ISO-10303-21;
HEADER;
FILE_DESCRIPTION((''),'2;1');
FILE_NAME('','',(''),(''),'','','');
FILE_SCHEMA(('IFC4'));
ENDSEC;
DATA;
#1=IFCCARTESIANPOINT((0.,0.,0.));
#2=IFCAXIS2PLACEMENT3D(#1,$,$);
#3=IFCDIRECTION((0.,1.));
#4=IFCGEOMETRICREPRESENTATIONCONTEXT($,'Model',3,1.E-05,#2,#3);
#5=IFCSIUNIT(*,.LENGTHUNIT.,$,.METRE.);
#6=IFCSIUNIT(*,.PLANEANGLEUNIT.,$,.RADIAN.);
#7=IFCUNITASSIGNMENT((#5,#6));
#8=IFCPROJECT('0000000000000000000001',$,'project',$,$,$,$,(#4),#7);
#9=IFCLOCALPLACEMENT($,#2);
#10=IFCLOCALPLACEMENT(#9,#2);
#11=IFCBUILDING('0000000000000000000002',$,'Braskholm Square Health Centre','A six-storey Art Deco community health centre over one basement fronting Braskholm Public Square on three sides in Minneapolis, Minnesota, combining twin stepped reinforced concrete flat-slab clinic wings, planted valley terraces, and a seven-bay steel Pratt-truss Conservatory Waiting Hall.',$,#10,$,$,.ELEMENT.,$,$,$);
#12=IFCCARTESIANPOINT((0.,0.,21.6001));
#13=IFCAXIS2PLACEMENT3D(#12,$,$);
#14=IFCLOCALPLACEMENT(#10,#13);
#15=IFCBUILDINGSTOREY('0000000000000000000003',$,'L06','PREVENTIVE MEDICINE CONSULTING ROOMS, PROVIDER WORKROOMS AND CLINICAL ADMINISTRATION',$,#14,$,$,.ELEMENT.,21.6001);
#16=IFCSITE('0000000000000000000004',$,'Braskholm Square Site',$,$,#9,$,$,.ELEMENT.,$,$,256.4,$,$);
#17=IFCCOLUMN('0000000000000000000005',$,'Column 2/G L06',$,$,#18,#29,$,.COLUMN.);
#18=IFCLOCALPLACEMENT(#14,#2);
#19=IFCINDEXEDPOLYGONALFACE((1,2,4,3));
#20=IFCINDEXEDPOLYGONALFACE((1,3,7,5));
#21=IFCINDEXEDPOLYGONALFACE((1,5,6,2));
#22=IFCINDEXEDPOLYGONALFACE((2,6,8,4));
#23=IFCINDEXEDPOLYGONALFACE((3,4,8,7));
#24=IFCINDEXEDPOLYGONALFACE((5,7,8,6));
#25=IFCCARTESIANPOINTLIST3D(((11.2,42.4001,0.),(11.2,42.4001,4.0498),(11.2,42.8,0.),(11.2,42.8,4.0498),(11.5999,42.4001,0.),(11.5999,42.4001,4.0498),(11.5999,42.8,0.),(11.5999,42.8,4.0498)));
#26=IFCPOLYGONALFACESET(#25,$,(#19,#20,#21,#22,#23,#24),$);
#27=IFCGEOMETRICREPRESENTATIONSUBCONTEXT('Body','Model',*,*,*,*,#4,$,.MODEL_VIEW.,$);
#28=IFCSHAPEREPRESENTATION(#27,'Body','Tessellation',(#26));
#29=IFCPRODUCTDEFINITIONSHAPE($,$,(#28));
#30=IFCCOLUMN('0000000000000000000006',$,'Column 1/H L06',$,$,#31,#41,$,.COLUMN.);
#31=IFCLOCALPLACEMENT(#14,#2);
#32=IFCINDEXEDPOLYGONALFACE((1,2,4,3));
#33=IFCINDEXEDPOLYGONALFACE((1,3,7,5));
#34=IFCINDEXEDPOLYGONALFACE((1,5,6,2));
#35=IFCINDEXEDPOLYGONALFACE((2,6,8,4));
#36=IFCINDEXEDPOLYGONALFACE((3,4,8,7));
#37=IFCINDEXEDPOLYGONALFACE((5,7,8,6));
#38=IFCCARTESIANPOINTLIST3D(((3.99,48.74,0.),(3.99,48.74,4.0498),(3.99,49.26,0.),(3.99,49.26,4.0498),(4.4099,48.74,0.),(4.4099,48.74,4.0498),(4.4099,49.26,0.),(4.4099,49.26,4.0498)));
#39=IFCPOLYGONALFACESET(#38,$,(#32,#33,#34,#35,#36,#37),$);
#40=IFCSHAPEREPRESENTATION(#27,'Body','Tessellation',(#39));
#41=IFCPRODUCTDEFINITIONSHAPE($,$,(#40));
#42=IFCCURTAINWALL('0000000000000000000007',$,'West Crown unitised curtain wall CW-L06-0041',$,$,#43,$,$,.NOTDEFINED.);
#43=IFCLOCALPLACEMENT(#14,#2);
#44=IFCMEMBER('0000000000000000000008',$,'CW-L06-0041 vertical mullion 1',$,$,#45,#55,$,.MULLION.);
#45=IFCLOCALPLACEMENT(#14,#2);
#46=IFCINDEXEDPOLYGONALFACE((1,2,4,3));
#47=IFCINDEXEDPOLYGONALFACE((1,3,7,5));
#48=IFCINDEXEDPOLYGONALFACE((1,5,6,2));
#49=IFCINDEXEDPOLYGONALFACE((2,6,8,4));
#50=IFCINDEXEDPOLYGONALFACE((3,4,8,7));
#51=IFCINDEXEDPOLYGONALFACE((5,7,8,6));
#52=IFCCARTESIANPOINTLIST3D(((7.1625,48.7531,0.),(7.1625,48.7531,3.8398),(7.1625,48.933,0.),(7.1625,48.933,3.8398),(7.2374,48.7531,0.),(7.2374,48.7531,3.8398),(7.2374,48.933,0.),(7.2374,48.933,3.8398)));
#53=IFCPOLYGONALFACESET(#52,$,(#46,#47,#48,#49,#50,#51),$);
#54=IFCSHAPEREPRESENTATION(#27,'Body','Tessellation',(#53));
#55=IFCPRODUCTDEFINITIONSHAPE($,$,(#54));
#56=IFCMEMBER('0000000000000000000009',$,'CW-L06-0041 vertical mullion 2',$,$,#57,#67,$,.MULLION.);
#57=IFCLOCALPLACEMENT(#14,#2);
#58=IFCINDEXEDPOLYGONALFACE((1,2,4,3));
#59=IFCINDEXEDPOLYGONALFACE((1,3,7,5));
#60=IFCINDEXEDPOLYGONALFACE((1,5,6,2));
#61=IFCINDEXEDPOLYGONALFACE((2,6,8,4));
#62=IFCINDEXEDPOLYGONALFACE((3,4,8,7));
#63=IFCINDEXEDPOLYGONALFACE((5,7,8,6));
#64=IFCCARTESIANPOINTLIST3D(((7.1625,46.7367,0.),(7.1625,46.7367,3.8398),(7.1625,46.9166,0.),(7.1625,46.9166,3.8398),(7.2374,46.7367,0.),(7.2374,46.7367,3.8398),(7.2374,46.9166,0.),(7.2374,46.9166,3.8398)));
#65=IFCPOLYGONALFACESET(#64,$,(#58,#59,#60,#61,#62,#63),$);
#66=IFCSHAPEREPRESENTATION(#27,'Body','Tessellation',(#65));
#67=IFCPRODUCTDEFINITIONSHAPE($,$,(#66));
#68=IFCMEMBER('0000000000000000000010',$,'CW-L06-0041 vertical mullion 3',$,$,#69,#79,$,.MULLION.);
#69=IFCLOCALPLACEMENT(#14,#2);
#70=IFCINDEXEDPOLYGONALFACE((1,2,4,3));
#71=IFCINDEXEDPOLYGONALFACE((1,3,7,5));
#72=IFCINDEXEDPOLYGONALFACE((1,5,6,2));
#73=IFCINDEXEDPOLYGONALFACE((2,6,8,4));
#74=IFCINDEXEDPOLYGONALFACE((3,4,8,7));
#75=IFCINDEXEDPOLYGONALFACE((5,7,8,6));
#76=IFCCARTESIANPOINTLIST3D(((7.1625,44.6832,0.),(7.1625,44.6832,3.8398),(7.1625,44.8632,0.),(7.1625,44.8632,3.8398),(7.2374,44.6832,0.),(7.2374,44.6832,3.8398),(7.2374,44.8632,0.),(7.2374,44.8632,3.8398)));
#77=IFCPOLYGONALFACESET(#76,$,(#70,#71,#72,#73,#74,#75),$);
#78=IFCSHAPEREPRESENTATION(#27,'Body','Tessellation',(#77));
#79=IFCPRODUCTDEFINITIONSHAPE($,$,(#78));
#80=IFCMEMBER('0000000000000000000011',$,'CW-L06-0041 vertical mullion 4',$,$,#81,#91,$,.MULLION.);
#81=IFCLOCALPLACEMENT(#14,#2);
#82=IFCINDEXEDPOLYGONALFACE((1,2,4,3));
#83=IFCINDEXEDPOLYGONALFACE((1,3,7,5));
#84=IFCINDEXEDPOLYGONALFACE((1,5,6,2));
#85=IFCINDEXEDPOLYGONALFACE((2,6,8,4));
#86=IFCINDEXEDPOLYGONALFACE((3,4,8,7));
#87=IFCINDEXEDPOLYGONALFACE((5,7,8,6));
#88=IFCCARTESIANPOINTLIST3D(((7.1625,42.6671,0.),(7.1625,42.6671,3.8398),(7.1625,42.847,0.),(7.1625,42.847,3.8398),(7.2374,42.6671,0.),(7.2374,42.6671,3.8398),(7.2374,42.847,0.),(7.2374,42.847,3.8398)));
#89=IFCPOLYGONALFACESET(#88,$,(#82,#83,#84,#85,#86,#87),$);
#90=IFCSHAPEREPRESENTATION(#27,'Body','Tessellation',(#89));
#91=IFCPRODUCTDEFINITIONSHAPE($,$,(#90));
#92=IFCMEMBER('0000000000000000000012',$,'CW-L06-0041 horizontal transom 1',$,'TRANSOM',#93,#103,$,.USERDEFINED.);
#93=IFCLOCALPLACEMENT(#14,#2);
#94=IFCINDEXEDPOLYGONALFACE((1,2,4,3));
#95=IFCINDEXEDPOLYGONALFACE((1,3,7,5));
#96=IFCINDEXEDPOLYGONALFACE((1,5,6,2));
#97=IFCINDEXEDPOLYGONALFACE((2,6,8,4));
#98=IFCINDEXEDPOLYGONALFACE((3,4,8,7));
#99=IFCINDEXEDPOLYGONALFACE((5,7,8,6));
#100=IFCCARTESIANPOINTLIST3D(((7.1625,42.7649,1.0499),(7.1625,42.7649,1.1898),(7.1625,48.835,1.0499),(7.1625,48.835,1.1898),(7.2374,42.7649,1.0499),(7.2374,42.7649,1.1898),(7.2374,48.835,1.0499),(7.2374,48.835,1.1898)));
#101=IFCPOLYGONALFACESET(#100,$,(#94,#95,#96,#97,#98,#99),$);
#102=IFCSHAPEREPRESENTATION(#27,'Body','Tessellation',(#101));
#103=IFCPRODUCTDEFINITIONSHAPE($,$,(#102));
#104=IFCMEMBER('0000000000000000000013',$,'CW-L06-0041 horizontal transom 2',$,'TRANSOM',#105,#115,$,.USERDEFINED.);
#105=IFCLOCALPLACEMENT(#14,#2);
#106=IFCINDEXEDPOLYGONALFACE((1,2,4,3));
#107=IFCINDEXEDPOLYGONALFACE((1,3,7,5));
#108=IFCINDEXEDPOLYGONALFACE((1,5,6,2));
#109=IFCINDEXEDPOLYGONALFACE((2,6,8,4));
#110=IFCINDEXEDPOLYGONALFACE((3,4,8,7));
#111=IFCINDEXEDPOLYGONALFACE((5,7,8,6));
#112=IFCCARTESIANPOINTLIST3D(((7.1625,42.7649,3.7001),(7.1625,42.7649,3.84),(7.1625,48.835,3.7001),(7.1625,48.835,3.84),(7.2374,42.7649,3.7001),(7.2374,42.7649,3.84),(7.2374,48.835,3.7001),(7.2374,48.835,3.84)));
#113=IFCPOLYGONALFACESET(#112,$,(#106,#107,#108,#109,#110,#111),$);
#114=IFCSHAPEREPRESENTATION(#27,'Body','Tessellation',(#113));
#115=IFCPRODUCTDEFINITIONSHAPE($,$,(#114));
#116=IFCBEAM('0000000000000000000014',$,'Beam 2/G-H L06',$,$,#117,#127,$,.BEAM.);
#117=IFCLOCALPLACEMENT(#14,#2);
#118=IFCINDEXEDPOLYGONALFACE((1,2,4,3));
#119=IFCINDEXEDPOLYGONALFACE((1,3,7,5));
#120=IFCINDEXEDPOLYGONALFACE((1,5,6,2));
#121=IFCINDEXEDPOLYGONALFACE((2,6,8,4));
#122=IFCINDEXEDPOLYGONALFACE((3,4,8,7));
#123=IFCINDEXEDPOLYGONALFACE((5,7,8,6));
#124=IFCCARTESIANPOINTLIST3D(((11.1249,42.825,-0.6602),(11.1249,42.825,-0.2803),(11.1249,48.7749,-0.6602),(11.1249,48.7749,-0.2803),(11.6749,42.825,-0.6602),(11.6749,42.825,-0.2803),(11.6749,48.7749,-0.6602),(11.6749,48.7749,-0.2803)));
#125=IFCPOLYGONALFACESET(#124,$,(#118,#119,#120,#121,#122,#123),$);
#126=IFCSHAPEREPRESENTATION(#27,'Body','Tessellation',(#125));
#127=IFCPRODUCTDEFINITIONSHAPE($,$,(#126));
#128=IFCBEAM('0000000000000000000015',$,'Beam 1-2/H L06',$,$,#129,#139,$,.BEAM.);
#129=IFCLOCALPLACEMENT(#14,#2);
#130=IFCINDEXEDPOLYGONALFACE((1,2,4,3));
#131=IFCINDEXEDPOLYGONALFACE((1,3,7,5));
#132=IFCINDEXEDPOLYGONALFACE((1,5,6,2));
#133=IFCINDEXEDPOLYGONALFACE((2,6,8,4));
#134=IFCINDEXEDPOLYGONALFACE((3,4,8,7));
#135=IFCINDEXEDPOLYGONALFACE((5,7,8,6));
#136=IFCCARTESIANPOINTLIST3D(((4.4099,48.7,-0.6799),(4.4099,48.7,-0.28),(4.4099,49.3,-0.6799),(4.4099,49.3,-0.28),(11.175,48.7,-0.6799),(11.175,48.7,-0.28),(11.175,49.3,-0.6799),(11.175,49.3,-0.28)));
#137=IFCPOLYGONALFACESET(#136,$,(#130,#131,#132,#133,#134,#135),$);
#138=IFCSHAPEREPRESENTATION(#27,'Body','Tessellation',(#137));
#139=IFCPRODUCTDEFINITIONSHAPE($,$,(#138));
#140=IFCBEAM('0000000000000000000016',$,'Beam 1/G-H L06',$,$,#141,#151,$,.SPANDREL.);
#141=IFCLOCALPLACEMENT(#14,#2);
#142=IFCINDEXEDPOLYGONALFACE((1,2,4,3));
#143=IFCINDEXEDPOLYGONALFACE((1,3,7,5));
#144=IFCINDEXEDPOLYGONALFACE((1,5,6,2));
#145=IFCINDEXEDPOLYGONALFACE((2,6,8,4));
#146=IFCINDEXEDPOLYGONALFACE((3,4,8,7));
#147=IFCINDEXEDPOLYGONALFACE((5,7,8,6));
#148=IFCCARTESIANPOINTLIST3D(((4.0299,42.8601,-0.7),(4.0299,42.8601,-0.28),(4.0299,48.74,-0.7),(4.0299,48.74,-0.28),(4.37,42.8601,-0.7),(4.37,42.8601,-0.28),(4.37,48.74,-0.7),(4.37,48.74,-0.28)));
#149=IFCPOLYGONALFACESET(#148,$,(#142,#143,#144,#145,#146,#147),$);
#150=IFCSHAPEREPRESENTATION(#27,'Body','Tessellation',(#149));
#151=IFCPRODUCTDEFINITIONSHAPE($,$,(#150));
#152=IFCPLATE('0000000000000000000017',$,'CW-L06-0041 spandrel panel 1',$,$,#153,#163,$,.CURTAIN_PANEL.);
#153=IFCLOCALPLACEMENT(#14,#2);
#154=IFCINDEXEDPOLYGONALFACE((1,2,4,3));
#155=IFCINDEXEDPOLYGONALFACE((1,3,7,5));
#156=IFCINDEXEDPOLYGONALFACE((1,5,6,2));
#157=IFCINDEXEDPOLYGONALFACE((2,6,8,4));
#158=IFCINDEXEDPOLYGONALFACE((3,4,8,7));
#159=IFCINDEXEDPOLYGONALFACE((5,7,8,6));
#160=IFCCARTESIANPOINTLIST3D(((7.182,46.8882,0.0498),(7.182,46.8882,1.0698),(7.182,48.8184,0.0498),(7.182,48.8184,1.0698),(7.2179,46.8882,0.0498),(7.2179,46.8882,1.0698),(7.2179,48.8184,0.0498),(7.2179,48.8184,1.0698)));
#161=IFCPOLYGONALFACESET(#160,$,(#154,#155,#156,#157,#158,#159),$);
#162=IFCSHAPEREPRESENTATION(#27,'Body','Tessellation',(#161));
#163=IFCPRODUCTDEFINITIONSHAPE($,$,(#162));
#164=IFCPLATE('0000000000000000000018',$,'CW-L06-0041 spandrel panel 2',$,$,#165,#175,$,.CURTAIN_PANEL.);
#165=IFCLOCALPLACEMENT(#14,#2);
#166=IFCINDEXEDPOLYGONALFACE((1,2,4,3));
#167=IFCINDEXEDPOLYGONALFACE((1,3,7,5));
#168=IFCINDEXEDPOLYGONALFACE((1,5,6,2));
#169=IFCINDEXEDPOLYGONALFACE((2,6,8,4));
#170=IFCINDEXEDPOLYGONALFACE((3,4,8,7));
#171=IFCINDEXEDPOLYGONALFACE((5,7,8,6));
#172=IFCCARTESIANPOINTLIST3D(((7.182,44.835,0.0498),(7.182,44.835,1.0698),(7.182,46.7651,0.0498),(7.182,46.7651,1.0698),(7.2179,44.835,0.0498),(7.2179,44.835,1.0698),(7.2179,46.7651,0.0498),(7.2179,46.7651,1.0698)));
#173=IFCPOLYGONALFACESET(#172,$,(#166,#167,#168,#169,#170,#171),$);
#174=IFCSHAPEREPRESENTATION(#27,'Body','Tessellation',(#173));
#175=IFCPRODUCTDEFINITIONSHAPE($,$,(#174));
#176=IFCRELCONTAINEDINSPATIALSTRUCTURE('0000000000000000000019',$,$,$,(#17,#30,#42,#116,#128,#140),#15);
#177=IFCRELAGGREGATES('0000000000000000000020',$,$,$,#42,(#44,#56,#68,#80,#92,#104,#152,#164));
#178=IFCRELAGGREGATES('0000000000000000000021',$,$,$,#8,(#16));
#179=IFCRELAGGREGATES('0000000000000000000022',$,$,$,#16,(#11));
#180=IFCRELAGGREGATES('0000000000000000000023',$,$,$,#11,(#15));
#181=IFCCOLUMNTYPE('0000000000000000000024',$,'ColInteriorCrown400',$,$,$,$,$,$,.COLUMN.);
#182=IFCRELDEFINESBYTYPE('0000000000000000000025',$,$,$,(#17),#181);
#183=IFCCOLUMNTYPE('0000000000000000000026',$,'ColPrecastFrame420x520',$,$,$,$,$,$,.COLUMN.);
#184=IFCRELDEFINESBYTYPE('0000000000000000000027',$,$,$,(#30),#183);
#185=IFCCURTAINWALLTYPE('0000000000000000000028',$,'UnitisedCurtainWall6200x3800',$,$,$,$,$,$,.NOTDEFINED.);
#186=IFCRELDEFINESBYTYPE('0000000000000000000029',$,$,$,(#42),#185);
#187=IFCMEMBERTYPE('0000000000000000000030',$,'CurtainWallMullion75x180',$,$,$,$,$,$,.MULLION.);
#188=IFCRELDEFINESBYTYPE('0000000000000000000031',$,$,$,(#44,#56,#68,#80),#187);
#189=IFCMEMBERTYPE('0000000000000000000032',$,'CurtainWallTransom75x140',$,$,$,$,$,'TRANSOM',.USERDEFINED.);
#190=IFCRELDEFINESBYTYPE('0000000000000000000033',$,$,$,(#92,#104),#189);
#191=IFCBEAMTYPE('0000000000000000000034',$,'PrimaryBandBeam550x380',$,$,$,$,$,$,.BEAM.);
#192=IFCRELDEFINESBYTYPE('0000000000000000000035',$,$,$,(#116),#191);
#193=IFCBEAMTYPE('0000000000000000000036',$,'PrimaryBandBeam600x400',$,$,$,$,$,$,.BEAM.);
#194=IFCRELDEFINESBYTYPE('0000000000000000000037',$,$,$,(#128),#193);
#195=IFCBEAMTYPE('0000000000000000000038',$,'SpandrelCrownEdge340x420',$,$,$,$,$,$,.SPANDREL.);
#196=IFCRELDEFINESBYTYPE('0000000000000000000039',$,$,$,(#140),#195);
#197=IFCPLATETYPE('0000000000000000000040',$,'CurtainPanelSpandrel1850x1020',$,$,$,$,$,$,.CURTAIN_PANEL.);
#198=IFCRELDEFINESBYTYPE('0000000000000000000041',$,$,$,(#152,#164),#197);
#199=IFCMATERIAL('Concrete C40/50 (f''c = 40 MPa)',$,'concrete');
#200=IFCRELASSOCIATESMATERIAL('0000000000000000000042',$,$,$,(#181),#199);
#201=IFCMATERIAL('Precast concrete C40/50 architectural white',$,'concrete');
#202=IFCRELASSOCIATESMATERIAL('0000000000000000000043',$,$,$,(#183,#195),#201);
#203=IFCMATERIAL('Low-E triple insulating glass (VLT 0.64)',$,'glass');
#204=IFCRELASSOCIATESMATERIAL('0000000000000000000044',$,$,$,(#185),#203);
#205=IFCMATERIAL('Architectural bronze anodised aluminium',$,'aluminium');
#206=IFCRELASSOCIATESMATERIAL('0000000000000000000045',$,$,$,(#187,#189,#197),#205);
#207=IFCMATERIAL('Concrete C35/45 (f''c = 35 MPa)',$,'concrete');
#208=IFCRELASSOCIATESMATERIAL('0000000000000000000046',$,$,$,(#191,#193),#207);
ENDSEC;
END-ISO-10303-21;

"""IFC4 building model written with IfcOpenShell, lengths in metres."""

from ifc_helpers import new_model, si_unit, direction, frame, origin, origin_2d, place, context, subcontext, project, spatial, rectangle, extrude, material, material_profile, profile_set, type_object, element, aggregate, save


model = new_model("IFC4")

# Units and contexts
model_context = context("Model", 3, precision=1e-05, world=origin(), true_north=direction((0.0, 1.0)))
body_context = subcontext(model_context, "Body", "Model", "MODEL_VIEW")
ifc_project = project(units=[si_unit("LENGTHUNIT", "METRE"), si_unit("PLANEANGLEUNIT", "RADIAN")], contexts=[model_context])

# Site, building, storey
site_placement = place(None, origin())
site = spatial("IfcSite", under=ifc_project, at=site_placement, Name="Braskholm Square Site", CompositionType="ELEMENT", RefElevation=256.4)
building_placement = place(site_placement, origin())
building = spatial("IfcBuilding", under=site, at=building_placement, Name="Braskholm Square Health Centre", Description="A six-storey Art Deco community health centre over one basement fronting Braskholm Public Square on three sides in Minneapolis, Minnesota, combining twin stepped reinforced concrete flat-slab clinic wings, planted valley terraces, and a seven-bay steel Pratt-truss Conservatory Waiting Hall.", CompositionType="ELEMENT")
storey_placement = place(building_placement, frame((0.0, 0.0, 21.6001)))
storey = spatial("IfcBuildingStorey", under=building, at=storey_placement, Name="L06", Description="PREVENTIVE MEDICINE CONSULTING ROOMS, PROVIDER WORKROOMS AND CLINICAL ADMINISTRATION", CompositionType="ELEMENT", Elevation=21.6001)

# Columns
ifc_material_1 = material(Name="Concrete C40/50 (f'c = 40 MPa)", Category="concrete")
ifc_material_profile_1 = material_profile(ifc_material_1, rectangle(XDim=0.3999, YDim=0.3999, at=origin_2d()), Name="RC-400X400")
ifc_profile_set_1 = profile_set([ifc_material_profile_1], Name="Concrete C40/50 (f'c = 40 MPa)")
column_type_1 = type_object("IfcColumnType", Name="ColInteriorCrown400", PredefinedType="COLUMN", material=ifc_profile_set_1)
column_1_placement = place(storey_placement, frame((11.3999, 42.6001, 0.0), z_axis=(0.0, 0.0, 1.0), x_axis=(1.0, 0.0, 0.0)))
element("IfcColumn", 1, at=column_1_placement, inside=storey, type_object=column_type_1, Name="Column 2/G L06", PredefinedType="COLUMN", context=body_context, shape_type="SweptSolid", body=[
    extrude(rectangle(XDim=0.3999, YDim=0.3999, at=origin_2d()), origin(), (0.0, 0.0, 1.0), 4.0498),
])
ifc_material_2 = material(Name="Precast concrete C40/50 architectural white", Category="concrete")
ifc_material_profile_2 = material_profile(ifc_material_2, rectangle(XDim=0.4199, YDim=0.52, at=origin_2d()), Name="RC-420X520")
ifc_profile_set_2 = profile_set([ifc_material_profile_2], Name="Precast concrete C40/50 architectural white")
column_type_2 = type_object("IfcColumnType", Name="ColPrecastFrame420x520", PredefinedType="COLUMN", material=ifc_profile_set_2)
column_2_placement = place(storey_placement, frame((4.2, 49.0, 0.0), z_axis=(0.0, 0.0, 1.0), x_axis=(1.0, 0.0, 0.0)))
element("IfcColumn", 2, at=column_2_placement, inside=storey, type_object=column_type_2, Name="Column 1/H L06", PredefinedType="COLUMN", context=body_context, shape_type="SweptSolid", body=[
    extrude(rectangle(XDim=0.4199, YDim=0.52, at=origin_2d()), origin(), (0.0, 0.0, 1.0), 4.0498),
])

# Curtain wall, members
ifc_material_3 = material(Name="Low-E triple insulating glass (VLT 0.64)", Category="glass")
curtain_wall_type = type_object("IfcCurtainWallType", Name="UnitisedCurtainWall6200x3800", PredefinedType="NOTDEFINED", material=ifc_material_3)
curtain_wall_placement = place(storey_placement, origin())
curtain_wall = element("IfcCurtainWall", 3, at=curtain_wall_placement, inside=storey, type_object=curtain_wall_type, Name="West Crown unitised curtain wall CW-L06-0041", PredefinedType="NOTDEFINED")
ifc_material_4 = material(Name="Architectural bronze anodised aluminium", Category="aluminium")
ifc_material_profile_3 = material_profile(ifc_material_4, rectangle(XDim=0.075, YDim=0.1799, at=origin_2d()), Name="ALU-75X180")
ifc_profile_set_3 = profile_set([ifc_material_profile_3], Name="Architectural bronze anodised aluminium")
member_type_1 = type_object("IfcMemberType", Name="CurtainWallMullion75x180", PredefinedType="MULLION", material=ifc_profile_set_3)
member_1_placement = place(storey_placement, frame((7.2, 48.843, 0.0), z_axis=(0.0, 0.0, 1.0), x_axis=(1.0, 0.0, 0.0)))
member_1 = element("IfcMember", 4, at=member_1_placement, type_object=member_type_1, Name="CW-L06-0041 vertical mullion 1", PredefinedType="MULLION", context=body_context, shape_type="SweptSolid", body=[
    extrude(rectangle(XDim=0.075, YDim=0.1799, at=origin_2d()), origin(), (0.0, 0.0, 1.0), 3.8398),
])
member_2_placement = place(storey_placement, frame((7.2, 46.8267, 0.0), z_axis=(0.0, 0.0, 1.0), x_axis=(1.0, 0.0, 0.0)))
member_2 = element("IfcMember", 5, at=member_2_placement, type_object=member_type_1, Name="CW-L06-0041 vertical mullion 2", PredefinedType="MULLION", context=body_context, shape_type="SweptSolid", body=[
    extrude(rectangle(XDim=0.075, YDim=0.1799, at=origin_2d()), origin(), (0.0, 0.0, 1.0), 3.8398),
])
member_3_placement = place(storey_placement, frame((7.2, 44.7732, 0.0), z_axis=(0.0, 0.0, 1.0), x_axis=(1.0, 0.0, 0.0)))
member_3 = element("IfcMember", 6, at=member_3_placement, type_object=member_type_1, Name="CW-L06-0041 vertical mullion 3", PredefinedType="MULLION", context=body_context, shape_type="SweptSolid", body=[
    extrude(rectangle(XDim=0.075, YDim=0.1799, at=origin_2d()), origin(), (0.0, 0.0, 1.0), 3.8398),
])
member_4_placement = place(storey_placement, frame((7.2, 42.7571, 0.0), z_axis=(0.0, 0.0, 1.0), x_axis=(1.0, 0.0, 0.0)))
member_4 = element("IfcMember", 7, at=member_4_placement, type_object=member_type_1, Name="CW-L06-0041 vertical mullion 4", PredefinedType="MULLION", context=body_context, shape_type="SweptSolid", body=[
    extrude(rectangle(XDim=0.075, YDim=0.1799, at=origin_2d()), origin(), (0.0, 0.0, 1.0), 3.8398),
])
ifc_material_profile_4 = material_profile(ifc_material_4, rectangle(XDim=0.075, YDim=0.1399, at=origin_2d()), Name="ALU-75X140")
ifc_profile_set_4 = profile_set([ifc_material_profile_4], Name="Architectural bronze anodised aluminium")
member_type_2 = type_object("IfcMemberType", Name="CurtainWallTransom75x140", ElementType="TRANSOM", PredefinedType="USERDEFINED", material=ifc_profile_set_4)
member_5_placement = place(storey_placement, frame((7.2, 48.835, 1.1199), z_axis=(0.0, -1.0, 0.0), x_axis=(1.0, 0.0, 0.0)))
member_5 = element("IfcMember", 8, at=member_5_placement, type_object=member_type_2, Name="CW-L06-0041 horizontal transom 1", ObjectType="TRANSOM", PredefinedType="USERDEFINED", context=body_context, shape_type="SweptSolid", body=[
    extrude(rectangle(XDim=0.075, YDim=0.1399, at=origin_2d()), origin(), (0.0, 0.0, 1.0), 6.0701),
])
member_6_placement = place(storey_placement, frame((7.2, 48.835, 3.77), z_axis=(0.0, -1.0, 0.0), x_axis=(1.0, 0.0, 0.0)))
member_6 = element("IfcMember", 9, at=member_6_placement, type_object=member_type_2, Name="CW-L06-0041 horizontal transom 2", ObjectType="TRANSOM", PredefinedType="USERDEFINED", context=body_context, shape_type="SweptSolid", body=[
    extrude(rectangle(XDim=0.075, YDim=0.1399, at=origin_2d()), origin(), (0.0, 0.0, 1.0), 6.0701),
])

# Beams
ifc_material_5 = material(Name="Concrete C35/45 (f'c = 35 MPa)", Category="concrete")
ifc_material_profile_5 = material_profile(ifc_material_5, rectangle(XDim=0.55, YDim=0.3799, at=origin_2d()), Name="RCB-550X380")
ifc_profile_set_5 = profile_set([ifc_material_profile_5], Name="Concrete C35/45 (f'c = 35 MPa)")
beam_type_1 = type_object("IfcBeamType", Name="PrimaryBandBeam550x380", PredefinedType="BEAM", material=ifc_profile_set_5)
beam_1_placement = place(storey_placement, frame((11.3999, 42.825, -0.4702), z_axis=(0.0, 1.0, 0.0), x_axis=(-1.0, 0.0, 0.0)))
element("IfcBeam", 10, at=beam_1_placement, inside=storey, type_object=beam_type_1, Name="Beam 2/G-H L06", PredefinedType="BEAM", context=body_context, shape_type="SweptSolid", body=[
    extrude(rectangle(XDim=0.55, YDim=0.3799, at=origin_2d()), origin(), (0.0, 0.0, 1.0), 5.95),
])
ifc_material_profile_6 = material_profile(ifc_material_5, rectangle(XDim=0.6001, YDim=0.3999, at=origin_2d()), Name="RCB-600X400")
ifc_profile_set_6 = profile_set([ifc_material_profile_6], Name="Concrete C35/45 (f'c = 35 MPa)")
beam_type_2 = type_object("IfcBeamType", Name="PrimaryBandBeam600x400", PredefinedType="BEAM", material=ifc_profile_set_6)
beam_2_placement = place(storey_placement, frame((4.4099, 49.0, -0.48), z_axis=(1.0, 0.0, 0.0), x_axis=(0.0, 1.0, 0.0)))
element("IfcBeam", 11, at=beam_2_placement, inside=storey, type_object=beam_type_2, Name="Beam 1-2/H L06", PredefinedType="BEAM", context=body_context, shape_type="SweptSolid", body=[
    extrude(rectangle(XDim=0.6001, YDim=0.3999, at=origin_2d()), origin(), (0.0, 0.0, 1.0), 6.7651),
])
ifc_material_profile_7 = material_profile(ifc_material_2, rectangle(XDim=0.3401, YDim=0.4199, at=origin_2d()), Name="RCB-340X420")
ifc_profile_set_7 = profile_set([ifc_material_profile_7], Name="Precast concrete C40/50 architectural white")
beam_type_3 = type_object("IfcBeamType", Name="SpandrelCrownEdge340x420", PredefinedType="SPANDREL", material=ifc_profile_set_7)
beam_3_placement = place(storey_placement, frame((4.2, 42.8601, -0.49), z_axis=(0.0, 1.0, 0.0), x_axis=(-1.0, 0.0, 0.0)))
element("IfcBeam", 12, at=beam_3_placement, inside=storey, type_object=beam_type_3, Name="Beam 1/G-H L06", PredefinedType="SPANDREL", context=body_context, shape_type="SweptSolid", body=[
    extrude(rectangle(XDim=0.3401, YDim=0.4199, at=origin_2d()), origin(), (0.0, 0.0, 1.0), 5.8799),
])

# Plates
plate_type_1 = type_object("IfcPlateType", Name="CurtainPanelSpandrel1850x1020", PredefinedType="CURTAIN_PANEL", material=ifc_material_4)
plate_1_placement = place(storey_placement, frame((7.2, 47.8533, 0.0498), z_axis=(0.0, 0.0, 1.0), x_axis=(0.0, -1.0, 0.0)))
plate_1 = element("IfcPlate", 13, at=plate_1_placement, type_object=plate_type_1, Name="CW-L06-0041 spandrel panel 1", PredefinedType="CURTAIN_PANEL", context=body_context, shape_type="SweptSolid", body=[
    extrude(rectangle(XDim=1.9302, YDim=0.0359, at=origin_2d()), origin(), (0.0, 0.0, 1.0), 1.02),
])
plate_2_placement = place(storey_placement, frame((7.2, 45.8, 0.0498), z_axis=(0.0, 0.0, 1.0), x_axis=(0.0, -1.0, 0.0)))
plate_2 = element("IfcPlate", 14, at=plate_2_placement, type_object=plate_type_1, Name="CW-L06-0041 spandrel panel 2", PredefinedType="CURTAIN_PANEL", context=body_context, shape_type="SweptSolid", body=[
    extrude(rectangle(XDim=1.9302, YDim=0.0359, at=origin_2d()), origin(), (0.0, 0.0, 1.0), 1.02),
])
aggregate(curtain_wall, [member_1, member_2, member_3, member_4, member_5, member_6, plate_1, plate_2])

save(model, "model.ifc")
